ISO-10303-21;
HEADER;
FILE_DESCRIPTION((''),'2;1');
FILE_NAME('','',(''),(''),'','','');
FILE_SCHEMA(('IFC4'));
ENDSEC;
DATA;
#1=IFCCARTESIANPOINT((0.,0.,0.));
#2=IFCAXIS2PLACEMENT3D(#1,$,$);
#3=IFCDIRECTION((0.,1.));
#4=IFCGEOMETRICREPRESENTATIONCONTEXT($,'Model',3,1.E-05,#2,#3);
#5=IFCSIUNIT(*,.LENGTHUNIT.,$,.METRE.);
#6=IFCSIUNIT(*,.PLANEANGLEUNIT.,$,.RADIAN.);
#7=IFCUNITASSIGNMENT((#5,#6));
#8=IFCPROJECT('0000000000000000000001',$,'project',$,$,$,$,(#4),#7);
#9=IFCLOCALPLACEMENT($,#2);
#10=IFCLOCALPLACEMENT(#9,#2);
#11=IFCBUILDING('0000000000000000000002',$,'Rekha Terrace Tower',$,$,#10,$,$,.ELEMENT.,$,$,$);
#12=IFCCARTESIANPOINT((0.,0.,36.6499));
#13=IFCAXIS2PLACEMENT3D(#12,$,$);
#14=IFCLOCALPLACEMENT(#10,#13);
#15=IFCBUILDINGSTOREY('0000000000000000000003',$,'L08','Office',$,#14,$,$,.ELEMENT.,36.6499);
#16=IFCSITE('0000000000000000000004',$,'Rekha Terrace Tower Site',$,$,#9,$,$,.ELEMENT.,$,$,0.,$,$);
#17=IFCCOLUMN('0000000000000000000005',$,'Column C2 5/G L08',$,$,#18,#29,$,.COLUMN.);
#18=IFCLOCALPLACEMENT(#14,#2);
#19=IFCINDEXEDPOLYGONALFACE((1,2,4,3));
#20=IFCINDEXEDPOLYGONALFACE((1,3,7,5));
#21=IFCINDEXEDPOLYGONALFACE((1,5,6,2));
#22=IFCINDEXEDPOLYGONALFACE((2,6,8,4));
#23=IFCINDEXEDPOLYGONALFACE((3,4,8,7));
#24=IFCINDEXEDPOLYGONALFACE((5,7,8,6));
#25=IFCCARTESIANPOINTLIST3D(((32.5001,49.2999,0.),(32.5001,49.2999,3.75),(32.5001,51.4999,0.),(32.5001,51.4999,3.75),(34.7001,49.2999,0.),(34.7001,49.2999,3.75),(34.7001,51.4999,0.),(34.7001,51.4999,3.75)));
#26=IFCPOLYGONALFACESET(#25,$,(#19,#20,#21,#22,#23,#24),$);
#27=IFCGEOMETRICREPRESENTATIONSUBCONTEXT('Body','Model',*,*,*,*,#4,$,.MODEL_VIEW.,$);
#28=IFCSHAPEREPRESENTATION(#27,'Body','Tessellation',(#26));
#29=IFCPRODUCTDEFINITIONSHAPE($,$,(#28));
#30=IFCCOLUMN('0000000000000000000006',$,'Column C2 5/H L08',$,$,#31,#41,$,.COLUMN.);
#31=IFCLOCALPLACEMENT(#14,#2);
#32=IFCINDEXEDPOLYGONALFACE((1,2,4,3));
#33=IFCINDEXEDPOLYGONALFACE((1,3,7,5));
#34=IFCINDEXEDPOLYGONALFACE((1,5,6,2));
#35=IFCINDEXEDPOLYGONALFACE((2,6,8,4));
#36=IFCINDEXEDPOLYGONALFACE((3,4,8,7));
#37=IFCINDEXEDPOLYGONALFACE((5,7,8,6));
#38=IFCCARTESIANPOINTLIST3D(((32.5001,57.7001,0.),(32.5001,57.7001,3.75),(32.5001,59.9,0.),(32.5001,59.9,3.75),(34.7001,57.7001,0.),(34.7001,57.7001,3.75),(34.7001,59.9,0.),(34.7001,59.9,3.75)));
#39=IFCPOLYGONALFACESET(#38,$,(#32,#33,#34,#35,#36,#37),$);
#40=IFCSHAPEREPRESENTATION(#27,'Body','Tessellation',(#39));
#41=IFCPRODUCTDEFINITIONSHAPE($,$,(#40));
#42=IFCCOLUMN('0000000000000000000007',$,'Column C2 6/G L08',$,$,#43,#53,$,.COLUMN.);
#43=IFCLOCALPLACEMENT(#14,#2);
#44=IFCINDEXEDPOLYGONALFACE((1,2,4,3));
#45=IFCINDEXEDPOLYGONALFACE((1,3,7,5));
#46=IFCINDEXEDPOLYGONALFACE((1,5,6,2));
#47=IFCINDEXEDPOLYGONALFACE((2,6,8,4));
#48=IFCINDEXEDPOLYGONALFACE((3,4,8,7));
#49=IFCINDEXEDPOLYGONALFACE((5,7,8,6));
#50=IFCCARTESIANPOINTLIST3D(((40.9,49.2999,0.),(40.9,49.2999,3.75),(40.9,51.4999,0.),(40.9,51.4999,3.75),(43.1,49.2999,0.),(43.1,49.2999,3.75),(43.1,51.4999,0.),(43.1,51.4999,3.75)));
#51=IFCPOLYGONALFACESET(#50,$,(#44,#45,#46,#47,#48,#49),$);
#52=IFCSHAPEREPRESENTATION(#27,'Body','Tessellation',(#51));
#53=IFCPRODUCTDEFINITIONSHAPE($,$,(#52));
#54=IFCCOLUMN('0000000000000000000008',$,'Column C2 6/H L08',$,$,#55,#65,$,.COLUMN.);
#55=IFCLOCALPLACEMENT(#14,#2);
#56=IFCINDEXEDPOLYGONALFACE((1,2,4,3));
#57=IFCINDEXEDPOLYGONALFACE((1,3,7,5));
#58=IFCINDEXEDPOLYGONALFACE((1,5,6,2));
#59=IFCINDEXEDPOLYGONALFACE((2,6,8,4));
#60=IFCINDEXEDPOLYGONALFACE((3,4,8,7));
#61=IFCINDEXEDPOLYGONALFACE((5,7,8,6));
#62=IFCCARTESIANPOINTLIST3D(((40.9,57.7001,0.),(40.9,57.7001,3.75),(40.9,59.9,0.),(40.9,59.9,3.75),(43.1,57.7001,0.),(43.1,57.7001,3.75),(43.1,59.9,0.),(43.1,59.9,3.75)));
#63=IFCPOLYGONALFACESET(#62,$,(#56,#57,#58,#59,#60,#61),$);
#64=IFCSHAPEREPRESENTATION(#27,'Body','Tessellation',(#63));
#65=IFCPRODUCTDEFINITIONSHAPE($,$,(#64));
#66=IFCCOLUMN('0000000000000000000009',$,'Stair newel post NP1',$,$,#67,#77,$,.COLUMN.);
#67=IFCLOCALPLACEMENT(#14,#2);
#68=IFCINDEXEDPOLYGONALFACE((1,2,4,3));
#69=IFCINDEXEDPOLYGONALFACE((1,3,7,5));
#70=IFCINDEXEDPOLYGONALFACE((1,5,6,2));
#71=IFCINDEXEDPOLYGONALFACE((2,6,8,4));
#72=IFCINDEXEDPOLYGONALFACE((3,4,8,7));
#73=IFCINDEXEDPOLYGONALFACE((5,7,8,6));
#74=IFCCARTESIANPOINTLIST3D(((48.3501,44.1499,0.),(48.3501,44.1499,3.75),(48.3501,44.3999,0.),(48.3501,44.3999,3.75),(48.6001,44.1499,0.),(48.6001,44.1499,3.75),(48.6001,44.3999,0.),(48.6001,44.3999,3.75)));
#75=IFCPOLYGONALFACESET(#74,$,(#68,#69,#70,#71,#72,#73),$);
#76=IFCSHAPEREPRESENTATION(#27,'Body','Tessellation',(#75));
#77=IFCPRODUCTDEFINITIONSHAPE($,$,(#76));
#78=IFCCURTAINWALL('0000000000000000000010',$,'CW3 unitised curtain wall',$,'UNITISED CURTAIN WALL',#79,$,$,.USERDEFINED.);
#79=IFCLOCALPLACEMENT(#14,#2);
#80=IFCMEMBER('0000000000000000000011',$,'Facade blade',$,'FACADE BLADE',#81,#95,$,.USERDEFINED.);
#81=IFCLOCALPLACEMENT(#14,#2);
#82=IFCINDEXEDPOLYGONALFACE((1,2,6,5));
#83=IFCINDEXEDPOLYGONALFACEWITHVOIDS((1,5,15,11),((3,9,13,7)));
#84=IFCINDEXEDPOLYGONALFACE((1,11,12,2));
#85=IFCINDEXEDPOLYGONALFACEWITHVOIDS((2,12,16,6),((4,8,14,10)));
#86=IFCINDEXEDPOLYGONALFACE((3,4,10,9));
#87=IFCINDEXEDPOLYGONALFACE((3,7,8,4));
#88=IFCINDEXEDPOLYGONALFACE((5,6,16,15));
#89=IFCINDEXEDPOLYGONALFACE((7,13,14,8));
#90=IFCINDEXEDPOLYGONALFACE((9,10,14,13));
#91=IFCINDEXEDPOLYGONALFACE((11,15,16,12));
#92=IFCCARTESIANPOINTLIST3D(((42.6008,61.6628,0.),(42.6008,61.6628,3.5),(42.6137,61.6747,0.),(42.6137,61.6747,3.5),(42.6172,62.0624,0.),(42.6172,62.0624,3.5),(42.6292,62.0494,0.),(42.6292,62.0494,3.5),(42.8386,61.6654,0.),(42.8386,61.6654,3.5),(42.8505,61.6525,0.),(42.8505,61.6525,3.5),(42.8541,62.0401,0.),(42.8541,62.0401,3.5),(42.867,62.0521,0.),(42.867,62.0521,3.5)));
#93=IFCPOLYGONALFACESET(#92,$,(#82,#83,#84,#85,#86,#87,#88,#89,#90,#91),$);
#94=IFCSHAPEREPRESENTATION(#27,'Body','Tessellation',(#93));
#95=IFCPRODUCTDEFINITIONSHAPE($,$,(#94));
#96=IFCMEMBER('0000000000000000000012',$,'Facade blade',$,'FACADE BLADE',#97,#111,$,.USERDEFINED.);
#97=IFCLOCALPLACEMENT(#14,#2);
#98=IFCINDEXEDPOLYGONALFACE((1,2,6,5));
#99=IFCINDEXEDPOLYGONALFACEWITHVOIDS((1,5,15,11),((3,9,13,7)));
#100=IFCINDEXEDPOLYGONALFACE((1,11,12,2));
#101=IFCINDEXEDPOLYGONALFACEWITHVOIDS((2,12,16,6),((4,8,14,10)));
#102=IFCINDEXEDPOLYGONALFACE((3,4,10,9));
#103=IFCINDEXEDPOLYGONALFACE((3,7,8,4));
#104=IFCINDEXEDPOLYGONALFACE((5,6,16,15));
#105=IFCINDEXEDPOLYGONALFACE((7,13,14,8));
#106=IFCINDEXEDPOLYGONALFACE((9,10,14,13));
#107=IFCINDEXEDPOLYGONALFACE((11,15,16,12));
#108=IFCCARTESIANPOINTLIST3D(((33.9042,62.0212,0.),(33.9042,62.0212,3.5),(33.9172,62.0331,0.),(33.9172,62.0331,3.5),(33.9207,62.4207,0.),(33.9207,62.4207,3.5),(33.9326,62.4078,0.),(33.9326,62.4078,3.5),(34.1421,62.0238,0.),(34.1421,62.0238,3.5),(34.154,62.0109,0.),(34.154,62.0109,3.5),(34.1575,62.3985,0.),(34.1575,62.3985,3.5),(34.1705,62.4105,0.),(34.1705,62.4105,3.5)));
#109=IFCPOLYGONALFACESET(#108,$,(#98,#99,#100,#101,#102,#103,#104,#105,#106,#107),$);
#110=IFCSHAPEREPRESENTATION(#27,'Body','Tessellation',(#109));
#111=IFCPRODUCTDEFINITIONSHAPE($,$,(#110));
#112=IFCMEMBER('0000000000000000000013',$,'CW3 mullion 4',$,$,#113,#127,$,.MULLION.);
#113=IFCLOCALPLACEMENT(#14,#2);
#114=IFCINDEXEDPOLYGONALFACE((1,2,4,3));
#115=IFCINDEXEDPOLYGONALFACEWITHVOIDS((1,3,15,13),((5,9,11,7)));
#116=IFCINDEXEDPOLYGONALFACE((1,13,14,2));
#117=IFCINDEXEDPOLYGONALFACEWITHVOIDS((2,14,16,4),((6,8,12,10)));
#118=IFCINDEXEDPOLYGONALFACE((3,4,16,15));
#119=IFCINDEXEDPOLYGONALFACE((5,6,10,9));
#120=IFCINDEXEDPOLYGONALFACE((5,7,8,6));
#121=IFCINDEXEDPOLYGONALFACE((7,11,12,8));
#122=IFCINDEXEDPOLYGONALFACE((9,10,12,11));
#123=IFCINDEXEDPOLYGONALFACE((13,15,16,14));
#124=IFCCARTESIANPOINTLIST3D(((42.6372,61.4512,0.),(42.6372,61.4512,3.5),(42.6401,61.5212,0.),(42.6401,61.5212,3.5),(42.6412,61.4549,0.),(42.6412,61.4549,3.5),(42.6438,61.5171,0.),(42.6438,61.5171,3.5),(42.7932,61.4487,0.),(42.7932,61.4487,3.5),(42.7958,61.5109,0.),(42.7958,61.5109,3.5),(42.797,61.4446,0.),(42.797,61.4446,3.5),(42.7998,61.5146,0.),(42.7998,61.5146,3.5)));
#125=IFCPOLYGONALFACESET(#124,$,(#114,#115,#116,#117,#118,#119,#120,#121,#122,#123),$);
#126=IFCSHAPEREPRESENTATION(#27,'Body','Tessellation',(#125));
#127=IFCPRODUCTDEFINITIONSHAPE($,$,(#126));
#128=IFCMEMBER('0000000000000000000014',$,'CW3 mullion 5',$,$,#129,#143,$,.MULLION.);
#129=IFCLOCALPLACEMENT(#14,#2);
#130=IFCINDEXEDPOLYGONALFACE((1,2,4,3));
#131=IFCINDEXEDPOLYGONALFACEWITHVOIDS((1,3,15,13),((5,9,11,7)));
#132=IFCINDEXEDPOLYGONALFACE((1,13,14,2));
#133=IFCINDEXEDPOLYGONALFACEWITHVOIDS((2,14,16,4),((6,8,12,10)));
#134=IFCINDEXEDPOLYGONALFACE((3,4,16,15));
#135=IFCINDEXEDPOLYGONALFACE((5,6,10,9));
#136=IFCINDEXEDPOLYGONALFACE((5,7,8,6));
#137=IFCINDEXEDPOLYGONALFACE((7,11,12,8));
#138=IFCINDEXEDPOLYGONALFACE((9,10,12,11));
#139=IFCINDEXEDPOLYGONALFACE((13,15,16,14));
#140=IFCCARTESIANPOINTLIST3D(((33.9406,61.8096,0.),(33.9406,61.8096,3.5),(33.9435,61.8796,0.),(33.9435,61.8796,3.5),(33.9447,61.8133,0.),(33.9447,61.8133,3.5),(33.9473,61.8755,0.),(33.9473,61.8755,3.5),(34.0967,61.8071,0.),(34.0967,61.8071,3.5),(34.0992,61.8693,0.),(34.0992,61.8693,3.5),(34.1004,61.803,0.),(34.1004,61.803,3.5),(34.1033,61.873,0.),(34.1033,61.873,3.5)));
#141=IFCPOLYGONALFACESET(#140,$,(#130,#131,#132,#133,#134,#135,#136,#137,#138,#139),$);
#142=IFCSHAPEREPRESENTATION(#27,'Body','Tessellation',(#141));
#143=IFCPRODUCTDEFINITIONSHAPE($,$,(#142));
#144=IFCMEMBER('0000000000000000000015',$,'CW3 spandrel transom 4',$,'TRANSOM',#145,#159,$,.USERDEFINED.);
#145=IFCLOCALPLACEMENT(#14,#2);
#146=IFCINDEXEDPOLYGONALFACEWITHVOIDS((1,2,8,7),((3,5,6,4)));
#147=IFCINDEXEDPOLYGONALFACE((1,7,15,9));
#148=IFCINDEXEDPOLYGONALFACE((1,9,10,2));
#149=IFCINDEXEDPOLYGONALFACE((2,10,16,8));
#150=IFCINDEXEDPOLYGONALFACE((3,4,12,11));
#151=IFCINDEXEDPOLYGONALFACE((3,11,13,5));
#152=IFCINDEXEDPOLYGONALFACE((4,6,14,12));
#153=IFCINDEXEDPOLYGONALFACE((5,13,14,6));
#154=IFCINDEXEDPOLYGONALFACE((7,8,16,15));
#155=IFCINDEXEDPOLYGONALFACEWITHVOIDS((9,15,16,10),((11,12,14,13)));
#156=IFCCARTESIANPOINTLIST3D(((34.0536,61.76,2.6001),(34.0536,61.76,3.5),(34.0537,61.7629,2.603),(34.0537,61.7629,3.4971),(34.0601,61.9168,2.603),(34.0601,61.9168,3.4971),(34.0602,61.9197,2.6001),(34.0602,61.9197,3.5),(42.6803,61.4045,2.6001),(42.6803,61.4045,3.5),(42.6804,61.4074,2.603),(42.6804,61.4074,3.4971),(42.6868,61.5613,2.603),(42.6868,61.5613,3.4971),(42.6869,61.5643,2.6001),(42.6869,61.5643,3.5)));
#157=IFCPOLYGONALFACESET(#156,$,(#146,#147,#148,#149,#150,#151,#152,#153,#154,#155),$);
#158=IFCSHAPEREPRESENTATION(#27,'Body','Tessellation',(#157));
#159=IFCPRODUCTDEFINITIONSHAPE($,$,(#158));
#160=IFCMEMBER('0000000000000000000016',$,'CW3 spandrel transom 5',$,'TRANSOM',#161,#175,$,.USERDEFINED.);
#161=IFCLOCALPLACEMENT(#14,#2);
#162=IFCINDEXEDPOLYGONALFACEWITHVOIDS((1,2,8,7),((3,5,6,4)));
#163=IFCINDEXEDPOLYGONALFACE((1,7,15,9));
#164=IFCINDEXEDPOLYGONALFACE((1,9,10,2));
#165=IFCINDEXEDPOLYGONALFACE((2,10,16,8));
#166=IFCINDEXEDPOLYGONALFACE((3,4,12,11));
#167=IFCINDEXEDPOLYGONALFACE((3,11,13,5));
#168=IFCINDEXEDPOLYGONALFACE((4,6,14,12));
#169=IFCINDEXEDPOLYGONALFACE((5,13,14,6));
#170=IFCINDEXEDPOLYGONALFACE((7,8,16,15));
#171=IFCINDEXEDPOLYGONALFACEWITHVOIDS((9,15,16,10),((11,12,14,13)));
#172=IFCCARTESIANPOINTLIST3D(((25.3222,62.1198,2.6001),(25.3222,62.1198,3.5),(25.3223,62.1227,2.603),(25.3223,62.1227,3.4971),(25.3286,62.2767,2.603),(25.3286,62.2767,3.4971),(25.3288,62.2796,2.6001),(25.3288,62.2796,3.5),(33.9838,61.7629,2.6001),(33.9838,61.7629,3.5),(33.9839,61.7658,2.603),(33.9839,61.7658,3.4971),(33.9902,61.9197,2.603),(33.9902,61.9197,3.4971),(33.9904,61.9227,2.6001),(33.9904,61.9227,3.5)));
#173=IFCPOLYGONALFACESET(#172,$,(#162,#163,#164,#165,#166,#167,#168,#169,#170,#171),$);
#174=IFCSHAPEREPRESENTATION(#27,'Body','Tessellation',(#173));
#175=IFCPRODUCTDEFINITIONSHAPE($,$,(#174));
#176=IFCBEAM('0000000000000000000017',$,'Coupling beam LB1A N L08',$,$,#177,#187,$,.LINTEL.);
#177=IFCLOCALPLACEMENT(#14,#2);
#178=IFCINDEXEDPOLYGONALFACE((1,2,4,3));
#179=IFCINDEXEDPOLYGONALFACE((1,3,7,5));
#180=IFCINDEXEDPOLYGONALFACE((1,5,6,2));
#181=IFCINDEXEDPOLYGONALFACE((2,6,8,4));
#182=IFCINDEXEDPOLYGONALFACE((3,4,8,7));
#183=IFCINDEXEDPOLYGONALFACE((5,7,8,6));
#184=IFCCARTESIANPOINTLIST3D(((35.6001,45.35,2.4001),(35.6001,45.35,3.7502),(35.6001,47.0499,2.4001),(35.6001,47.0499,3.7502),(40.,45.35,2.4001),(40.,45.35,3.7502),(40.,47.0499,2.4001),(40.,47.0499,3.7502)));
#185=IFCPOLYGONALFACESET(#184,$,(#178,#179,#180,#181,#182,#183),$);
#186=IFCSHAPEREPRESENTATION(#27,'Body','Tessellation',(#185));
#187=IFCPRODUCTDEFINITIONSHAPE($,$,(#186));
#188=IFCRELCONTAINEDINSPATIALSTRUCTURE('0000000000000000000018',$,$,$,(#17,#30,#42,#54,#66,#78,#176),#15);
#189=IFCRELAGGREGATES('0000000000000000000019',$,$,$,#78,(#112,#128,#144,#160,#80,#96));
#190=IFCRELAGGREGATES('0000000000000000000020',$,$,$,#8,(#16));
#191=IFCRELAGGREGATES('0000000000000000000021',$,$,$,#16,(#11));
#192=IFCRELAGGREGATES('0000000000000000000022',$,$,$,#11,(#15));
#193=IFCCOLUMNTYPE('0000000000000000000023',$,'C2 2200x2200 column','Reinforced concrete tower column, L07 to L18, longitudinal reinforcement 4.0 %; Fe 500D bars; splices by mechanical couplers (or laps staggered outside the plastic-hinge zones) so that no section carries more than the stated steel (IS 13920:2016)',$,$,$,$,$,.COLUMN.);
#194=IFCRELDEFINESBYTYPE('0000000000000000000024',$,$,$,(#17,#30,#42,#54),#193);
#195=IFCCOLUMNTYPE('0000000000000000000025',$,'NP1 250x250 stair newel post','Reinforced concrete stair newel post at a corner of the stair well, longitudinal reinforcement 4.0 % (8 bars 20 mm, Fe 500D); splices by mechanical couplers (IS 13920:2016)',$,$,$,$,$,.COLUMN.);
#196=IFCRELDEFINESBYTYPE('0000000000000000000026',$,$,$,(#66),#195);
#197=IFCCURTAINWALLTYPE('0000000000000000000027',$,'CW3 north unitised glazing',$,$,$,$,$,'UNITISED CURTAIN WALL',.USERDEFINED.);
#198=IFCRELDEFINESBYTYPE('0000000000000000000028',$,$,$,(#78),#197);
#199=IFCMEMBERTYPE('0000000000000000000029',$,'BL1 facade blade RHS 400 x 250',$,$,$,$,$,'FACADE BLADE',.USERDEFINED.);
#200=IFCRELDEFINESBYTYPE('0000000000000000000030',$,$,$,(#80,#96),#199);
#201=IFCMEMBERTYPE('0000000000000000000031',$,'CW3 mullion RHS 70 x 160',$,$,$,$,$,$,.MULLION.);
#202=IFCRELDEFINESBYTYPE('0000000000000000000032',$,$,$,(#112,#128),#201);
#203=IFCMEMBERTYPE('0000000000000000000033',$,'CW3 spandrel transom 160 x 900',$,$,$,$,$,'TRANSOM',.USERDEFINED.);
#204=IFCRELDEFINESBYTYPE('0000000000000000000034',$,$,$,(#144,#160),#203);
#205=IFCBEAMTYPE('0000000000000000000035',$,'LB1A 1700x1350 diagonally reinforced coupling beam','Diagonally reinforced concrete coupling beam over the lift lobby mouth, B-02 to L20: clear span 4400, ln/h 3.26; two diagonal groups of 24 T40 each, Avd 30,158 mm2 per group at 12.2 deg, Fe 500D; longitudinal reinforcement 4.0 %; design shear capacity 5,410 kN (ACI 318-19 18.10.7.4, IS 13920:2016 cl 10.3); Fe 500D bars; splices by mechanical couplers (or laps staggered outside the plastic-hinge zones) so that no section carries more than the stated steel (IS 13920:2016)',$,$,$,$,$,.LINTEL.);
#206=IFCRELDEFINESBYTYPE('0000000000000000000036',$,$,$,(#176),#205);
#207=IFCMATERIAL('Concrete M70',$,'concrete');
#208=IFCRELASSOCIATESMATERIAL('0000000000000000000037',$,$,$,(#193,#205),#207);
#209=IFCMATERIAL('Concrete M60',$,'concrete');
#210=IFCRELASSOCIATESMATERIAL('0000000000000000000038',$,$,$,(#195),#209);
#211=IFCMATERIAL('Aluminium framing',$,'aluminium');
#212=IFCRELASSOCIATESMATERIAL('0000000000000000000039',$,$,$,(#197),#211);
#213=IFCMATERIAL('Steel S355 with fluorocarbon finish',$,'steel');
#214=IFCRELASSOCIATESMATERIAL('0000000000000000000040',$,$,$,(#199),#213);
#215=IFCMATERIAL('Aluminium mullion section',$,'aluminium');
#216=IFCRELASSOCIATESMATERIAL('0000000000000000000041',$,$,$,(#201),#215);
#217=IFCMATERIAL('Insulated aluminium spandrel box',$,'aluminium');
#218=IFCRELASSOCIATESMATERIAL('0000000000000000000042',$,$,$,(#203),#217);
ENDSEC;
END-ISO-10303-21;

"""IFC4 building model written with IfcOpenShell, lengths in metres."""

from ifc_helpers import new_model, si_unit, direction, frame, origin, origin_2d, place, context, subcontext, project, spatial, rectangle, hollow_rectangle, extrude, material, material_profile, profile_set, type_object, element, aggregate, save


model = new_model("IFC4")

# Units and contexts
model_context = context("Model", 3, precision=1e-05, world=origin(), true_north=direction((0.0, 1.0)))
body_context = subcontext(model_context, "Body", "Model", "MODEL_VIEW")
ifc_project = project(units=[si_unit("LENGTHUNIT", "METRE"), si_unit("PLANEANGLEUNIT", "RADIAN")], contexts=[model_context])

# Site, building, storey
site_placement = place(None, origin())
site = spatial("IfcSite", under=ifc_project, at=site_placement, Name="Rekha Terrace Tower Site", CompositionType="ELEMENT", RefElevation=0.0)
building_placement = place(site_placement, origin())
building = spatial("IfcBuilding", under=site, at=building_placement, Name="Rekha Terrace Tower", CompositionType="ELEMENT")
storey_placement = place(building_placement, frame((0.0, 0.0, 36.6499)))
storey = spatial("IfcBuildingStorey", under=building, at=storey_placement, Name="L08", Description="Office", CompositionType="ELEMENT", Elevation=36.6499)

# Columns
ifc_material_1 = material(Name="Concrete M70", Category="concrete")
ifc_material_profile_1 = material_profile(ifc_material_1, rectangle(XDim=2.2, YDim=2.2, at=origin_2d()), Name="RC 2200x2200")
ifc_profile_set_1 = profile_set([ifc_material_profile_1], Name="Concrete M70")
column_type_1 = type_object("IfcColumnType", Name="C2 2200x2200 column", Description="Reinforced concrete tower column, L07 to L18, longitudinal reinforcement 4.0 %; Fe 500D bars; splices by mechanical couplers (or laps staggered outside the plastic-hinge zones) so that no section carries more than the stated steel (IS 13920:2016)", PredefinedType="COLUMN", material=ifc_profile_set_1)
for number, where, z_axis, x_axis, name in (
    (1, (33.6001, 50.3999, 0.0), (0.0, 0.0, 1.0), (1.0, 0.0, 0.0), "Column C2 5/G L08"),
    (2, (33.6001, 58.8, 0.0), (0.0, 0.0, 1.0), (1.0, 0.0, 0.0), "Column C2 5/H L08"),
    (3, (42.0, 50.3999, 0.0), (0.0, 0.0, 1.0), (1.0, 0.0, 0.0), "Column C2 6/G L08"),
    (4, (42.0, 58.8, 0.0), (0.0, 0.0, 1.0), (1.0, 0.0, 0.0), "Column C2 6/H L08"),
):
    element("IfcColumn", number, at=place(storey_placement, frame(where, z_axis=z_axis, x_axis=x_axis)), inside=storey, type_object=column_type_1, Name=name, PredefinedType="COLUMN", context=body_context, shape_type="SweptSolid", body=[
        extrude(rectangle(XDim=2.2, YDim=2.2, at=origin_2d()), origin(), (0.0, 0.0, 1.0), 3.75),
    ])
ifc_material_2 = material(Name="Concrete M60", Category="concrete")
ifc_material_profile_2 = material_profile(ifc_material_2, rectangle(XDim=0.25, YDim=0.25, at=origin_2d()), Name="RC 250x250")
ifc_profile_set_2 = profile_set([ifc_material_profile_2], Name="Concrete M60")
column_type_2 = type_object("IfcColumnType", Name="NP1 250x250 stair newel post", Description="Reinforced concrete stair newel post at a corner of the stair well, longitudinal reinforcement 4.0 % (8 bars 20 mm, Fe 500D); splices by mechanical couplers (IS 13920:2016)", PredefinedType="COLUMN", material=ifc_profile_set_2)
column_placement = place(storey_placement, frame((48.4751, 44.2749, 0.0), z_axis=(0.0, 0.0, 1.0), x_axis=(1.0, 0.0, 0.0)))
element("IfcColumn", 5, at=column_placement, inside=storey, type_object=column_type_2, Name="Stair newel post NP1", PredefinedType="COLUMN", context=body_context, shape_type="SweptSolid", body=[
    extrude(rectangle(XDim=0.25, YDim=0.25, at=origin_2d()), origin(), (0.0, 0.0, 1.0), 3.75),
])

# Curtain wall, members
ifc_material_3 = material(Name="Aluminium framing", Category="aluminium")
curtain_wall_type = type_object("IfcCurtainWallType", Name="CW3 north unitised glazing", ElementType="UNITISED CURTAIN WALL", PredefinedType="USERDEFINED", material=ifc_material_3)
curtain_wall_placement = place(storey_placement, origin())
curtain_wall = element("IfcCurtainWall", 6, at=curtain_wall_placement, inside=storey, type_object=curtain_wall_type, Name="CW3 unitised curtain wall", ObjectType="UNITISED CURTAIN WALL", PredefinedType="USERDEFINED")
ifc_material_4 = material(Name="Steel S355 with fluorocarbon finish", Category="steel")
ifc_material_profile_3 = material_profile(ifc_material_4, hollow_rectangle(XDim=0.25, YDim=0.3999, WallThickness=0.0125, at=origin_2d()), Name="RHS400x250x12.5")
ifc_profile_set_3 = profile_set([ifc_material_profile_3], Name="Steel S355 with fluorocarbon finish")
member_type_1 = type_object("IfcMemberType", Name="BL1 facade blade RHS 400 x 250", ElementType="FACADE BLADE", PredefinedType="USERDEFINED", material=ifc_profile_set_3)
member_1_placement = place(storey_placement, frame((42.7339, 61.8574, 0.0), z_axis=(0.0, 0.0, 1.0), x_axis=(-0.999152, 0.041175, 0.0)))
member_1 = element("IfcMember", 7, at=member_1_placement, type_object=member_type_1, Name="Facade blade", ObjectType="FACADE BLADE", PredefinedType="USERDEFINED", context=body_context, shape_type="SweptSolid", body=[
    extrude(hollow_rectangle(XDim=0.25, YDim=0.3999, WallThickness=0.0125, at=origin_2d()), origin(), (0.0, 0.0, 1.0), 3.5),
])
member_2_placement = place(storey_placement, frame((34.0374, 62.2158, 0.0), z_axis=(0.0, 0.0, 1.0), x_axis=(-0.999152, 0.041175, 0.0)))
member_2 = element("IfcMember", 8, at=member_2_placement, type_object=member_type_1, Name="Facade blade", ObjectType="FACADE BLADE", PredefinedType="USERDEFINED", context=body_context, shape_type="SweptSolid", body=[
    extrude(hollow_rectangle(XDim=0.25, YDim=0.3999, WallThickness=0.0125, at=origin_2d()), origin(), (0.0, 0.0, 1.0), 3.5),
])
ifc_material_5 = material(Name="Aluminium mullion section", Category="aluminium")
ifc_material_profile_4 = material_profile(ifc_material_5, hollow_rectangle(XDim=0.0701, YDim=0.1599, WallThickness=0.0039, at=origin_2d()), Name="AL RHS 70x160")
ifc_profile_set_4 = profile_set([ifc_material_profile_4], Name="Aluminium mullion section")
member_type_2 = type_object("IfcMemberType", Name="CW3 mullion RHS 70 x 160", PredefinedType="MULLION", material=ifc_profile_set_4)
member_3_placement = place(storey_placement, frame((42.7185, 61.4829, 0.0), z_axis=(0.0, 0.0, 1.0), x_axis=(-0.041174, -0.999152, 0.0)))
member_3 = element("IfcMember", 9, at=member_3_placement, type_object=member_type_2, Name="CW3 mullion 4", PredefinedType="MULLION", context=body_context, shape_type="SweptSolid", body=[
    extrude(hollow_rectangle(XDim=0.0701, YDim=0.1599, WallThickness=0.0039, at=origin_2d()), origin(), (0.0, 0.0, 1.0), 3.5),
])
member_4_placement = place(storey_placement, frame((34.022, 61.8413, 0.0), z_axis=(0.0, 0.0, 1.0), x_axis=(-0.041174, -0.999152, 0.0)))
member_4 = element("IfcMember", 10, at=member_4_placement, type_object=member_type_2, Name="CW3 mullion 5", PredefinedType="MULLION", context=body_context, shape_type="SweptSolid", body=[
    extrude(hollow_rectangle(XDim=0.0701, YDim=0.1599, WallThickness=0.0039, at=origin_2d()), origin(), (0.0, 0.0, 1.0), 3.5),
])
ifc_material_6 = material(Name="Insulated aluminium spandrel box", Category="aluminium")
ifc_material_profile_5 = material_profile(ifc_material_6, hollow_rectangle(XDim=0.1599, YDim=0.8999, WallThickness=0.0029, at=origin_2d()), Name="AL SPANDREL BOX 160x900")
ifc_profile_set_5 = profile_set([ifc_material_profile_5], Name="Insulated aluminium spandrel box")
member_type_3 = type_object("IfcMemberType", Name="CW3 spandrel transom 160 x 900", ElementType="TRANSOM", PredefinedType="USERDEFINED", material=ifc_profile_set_5)
member_5_placement = place(storey_placement, frame((42.6836, 61.4844, 3.05), z_axis=(-0.999152, 0.041171, 0.0), x_axis=(-0.041171, -0.999152, 0.0)))
member_5 = element("IfcMember", 11, at=member_5_placement, type_object=member_type_3, Name="CW3 spandrel transom 4", ObjectType="TRANSOM", PredefinedType="USERDEFINED", context=body_context, shape_type="SweptSolid", body=[
    extrude(hollow_rectangle(XDim=0.1599, YDim=0.8999, WallThickness=0.0029, at=origin_2d()), origin(), (0.0, 0.0, 1.0), 8.634),
])
member_6_placement = place(storey_placement, frame((33.9871, 61.8428, 3.05), z_axis=(-0.999152, 0.041174, 0.0), x_axis=(-0.041174, -0.999152, 0.0)))
member_6 = element("IfcMember", 12, at=member_6_placement, type_object=member_type_3, Name="CW3 spandrel transom 5", ObjectType="TRANSOM", PredefinedType="USERDEFINED", context=body_context, shape_type="SweptSolid", body=[
    extrude(hollow_rectangle(XDim=0.1599, YDim=0.8999, WallThickness=0.0029, at=origin_2d()), origin(), (0.0, 0.0, 1.0), 8.6689),
])

# Beam
ifc_material_profile_6 = material_profile(ifc_material_1, rectangle(XDim=1.7, YDim=1.3501, at=origin_2d()), Name="RC 1700x1350")
ifc_profile_set_6 = profile_set([ifc_material_profile_6], Name="Concrete M70")
beam_type = type_object("IfcBeamType", Name="LB1A 1700x1350 diagonally reinforced coupling beam", Description="Diagonally reinforced concrete coupling beam over the lift lobby mouth, B-02 to L20: clear span 4400, ln/h 3.26; two diagonal groups of 24 T40 each, Avd 30,158 mm2 per group at 12.2 deg, Fe 500D; longitudinal reinforcement 4.0 %; design shear capacity 5,410 kN (ACI 318-19 18.10.7.4, IS 13920:2016 cl 10.3); Fe 500D bars; splices by mechanical couplers (or laps staggered outside the plastic-hinge zones) so that no section carries more than the stated steel (IS 13920:2016)", PredefinedType="LINTEL", material=ifc_profile_set_6)
beam_placement = place(storey_placement, frame((35.6001, 46.2, 3.0752), z_axis=(1.0, 0.0, 0.0), x_axis=(0.0, 1.0, 0.0)))
element("IfcBeam", 13, at=beam_placement, inside=storey, type_object=beam_type, Name="Coupling beam LB1A N L08", PredefinedType="LINTEL", context=body_context, shape_type="SweptSolid", body=[
    extrude(rectangle(XDim=1.7, YDim=1.3501, at=origin_2d()), origin(), (0.0, 0.0, 1.0), 4.3999),
])

aggregate(curtain_wall, [member_3, member_4, member_5, member_6, member_1, member_2])

save(model, "model.ifc")
